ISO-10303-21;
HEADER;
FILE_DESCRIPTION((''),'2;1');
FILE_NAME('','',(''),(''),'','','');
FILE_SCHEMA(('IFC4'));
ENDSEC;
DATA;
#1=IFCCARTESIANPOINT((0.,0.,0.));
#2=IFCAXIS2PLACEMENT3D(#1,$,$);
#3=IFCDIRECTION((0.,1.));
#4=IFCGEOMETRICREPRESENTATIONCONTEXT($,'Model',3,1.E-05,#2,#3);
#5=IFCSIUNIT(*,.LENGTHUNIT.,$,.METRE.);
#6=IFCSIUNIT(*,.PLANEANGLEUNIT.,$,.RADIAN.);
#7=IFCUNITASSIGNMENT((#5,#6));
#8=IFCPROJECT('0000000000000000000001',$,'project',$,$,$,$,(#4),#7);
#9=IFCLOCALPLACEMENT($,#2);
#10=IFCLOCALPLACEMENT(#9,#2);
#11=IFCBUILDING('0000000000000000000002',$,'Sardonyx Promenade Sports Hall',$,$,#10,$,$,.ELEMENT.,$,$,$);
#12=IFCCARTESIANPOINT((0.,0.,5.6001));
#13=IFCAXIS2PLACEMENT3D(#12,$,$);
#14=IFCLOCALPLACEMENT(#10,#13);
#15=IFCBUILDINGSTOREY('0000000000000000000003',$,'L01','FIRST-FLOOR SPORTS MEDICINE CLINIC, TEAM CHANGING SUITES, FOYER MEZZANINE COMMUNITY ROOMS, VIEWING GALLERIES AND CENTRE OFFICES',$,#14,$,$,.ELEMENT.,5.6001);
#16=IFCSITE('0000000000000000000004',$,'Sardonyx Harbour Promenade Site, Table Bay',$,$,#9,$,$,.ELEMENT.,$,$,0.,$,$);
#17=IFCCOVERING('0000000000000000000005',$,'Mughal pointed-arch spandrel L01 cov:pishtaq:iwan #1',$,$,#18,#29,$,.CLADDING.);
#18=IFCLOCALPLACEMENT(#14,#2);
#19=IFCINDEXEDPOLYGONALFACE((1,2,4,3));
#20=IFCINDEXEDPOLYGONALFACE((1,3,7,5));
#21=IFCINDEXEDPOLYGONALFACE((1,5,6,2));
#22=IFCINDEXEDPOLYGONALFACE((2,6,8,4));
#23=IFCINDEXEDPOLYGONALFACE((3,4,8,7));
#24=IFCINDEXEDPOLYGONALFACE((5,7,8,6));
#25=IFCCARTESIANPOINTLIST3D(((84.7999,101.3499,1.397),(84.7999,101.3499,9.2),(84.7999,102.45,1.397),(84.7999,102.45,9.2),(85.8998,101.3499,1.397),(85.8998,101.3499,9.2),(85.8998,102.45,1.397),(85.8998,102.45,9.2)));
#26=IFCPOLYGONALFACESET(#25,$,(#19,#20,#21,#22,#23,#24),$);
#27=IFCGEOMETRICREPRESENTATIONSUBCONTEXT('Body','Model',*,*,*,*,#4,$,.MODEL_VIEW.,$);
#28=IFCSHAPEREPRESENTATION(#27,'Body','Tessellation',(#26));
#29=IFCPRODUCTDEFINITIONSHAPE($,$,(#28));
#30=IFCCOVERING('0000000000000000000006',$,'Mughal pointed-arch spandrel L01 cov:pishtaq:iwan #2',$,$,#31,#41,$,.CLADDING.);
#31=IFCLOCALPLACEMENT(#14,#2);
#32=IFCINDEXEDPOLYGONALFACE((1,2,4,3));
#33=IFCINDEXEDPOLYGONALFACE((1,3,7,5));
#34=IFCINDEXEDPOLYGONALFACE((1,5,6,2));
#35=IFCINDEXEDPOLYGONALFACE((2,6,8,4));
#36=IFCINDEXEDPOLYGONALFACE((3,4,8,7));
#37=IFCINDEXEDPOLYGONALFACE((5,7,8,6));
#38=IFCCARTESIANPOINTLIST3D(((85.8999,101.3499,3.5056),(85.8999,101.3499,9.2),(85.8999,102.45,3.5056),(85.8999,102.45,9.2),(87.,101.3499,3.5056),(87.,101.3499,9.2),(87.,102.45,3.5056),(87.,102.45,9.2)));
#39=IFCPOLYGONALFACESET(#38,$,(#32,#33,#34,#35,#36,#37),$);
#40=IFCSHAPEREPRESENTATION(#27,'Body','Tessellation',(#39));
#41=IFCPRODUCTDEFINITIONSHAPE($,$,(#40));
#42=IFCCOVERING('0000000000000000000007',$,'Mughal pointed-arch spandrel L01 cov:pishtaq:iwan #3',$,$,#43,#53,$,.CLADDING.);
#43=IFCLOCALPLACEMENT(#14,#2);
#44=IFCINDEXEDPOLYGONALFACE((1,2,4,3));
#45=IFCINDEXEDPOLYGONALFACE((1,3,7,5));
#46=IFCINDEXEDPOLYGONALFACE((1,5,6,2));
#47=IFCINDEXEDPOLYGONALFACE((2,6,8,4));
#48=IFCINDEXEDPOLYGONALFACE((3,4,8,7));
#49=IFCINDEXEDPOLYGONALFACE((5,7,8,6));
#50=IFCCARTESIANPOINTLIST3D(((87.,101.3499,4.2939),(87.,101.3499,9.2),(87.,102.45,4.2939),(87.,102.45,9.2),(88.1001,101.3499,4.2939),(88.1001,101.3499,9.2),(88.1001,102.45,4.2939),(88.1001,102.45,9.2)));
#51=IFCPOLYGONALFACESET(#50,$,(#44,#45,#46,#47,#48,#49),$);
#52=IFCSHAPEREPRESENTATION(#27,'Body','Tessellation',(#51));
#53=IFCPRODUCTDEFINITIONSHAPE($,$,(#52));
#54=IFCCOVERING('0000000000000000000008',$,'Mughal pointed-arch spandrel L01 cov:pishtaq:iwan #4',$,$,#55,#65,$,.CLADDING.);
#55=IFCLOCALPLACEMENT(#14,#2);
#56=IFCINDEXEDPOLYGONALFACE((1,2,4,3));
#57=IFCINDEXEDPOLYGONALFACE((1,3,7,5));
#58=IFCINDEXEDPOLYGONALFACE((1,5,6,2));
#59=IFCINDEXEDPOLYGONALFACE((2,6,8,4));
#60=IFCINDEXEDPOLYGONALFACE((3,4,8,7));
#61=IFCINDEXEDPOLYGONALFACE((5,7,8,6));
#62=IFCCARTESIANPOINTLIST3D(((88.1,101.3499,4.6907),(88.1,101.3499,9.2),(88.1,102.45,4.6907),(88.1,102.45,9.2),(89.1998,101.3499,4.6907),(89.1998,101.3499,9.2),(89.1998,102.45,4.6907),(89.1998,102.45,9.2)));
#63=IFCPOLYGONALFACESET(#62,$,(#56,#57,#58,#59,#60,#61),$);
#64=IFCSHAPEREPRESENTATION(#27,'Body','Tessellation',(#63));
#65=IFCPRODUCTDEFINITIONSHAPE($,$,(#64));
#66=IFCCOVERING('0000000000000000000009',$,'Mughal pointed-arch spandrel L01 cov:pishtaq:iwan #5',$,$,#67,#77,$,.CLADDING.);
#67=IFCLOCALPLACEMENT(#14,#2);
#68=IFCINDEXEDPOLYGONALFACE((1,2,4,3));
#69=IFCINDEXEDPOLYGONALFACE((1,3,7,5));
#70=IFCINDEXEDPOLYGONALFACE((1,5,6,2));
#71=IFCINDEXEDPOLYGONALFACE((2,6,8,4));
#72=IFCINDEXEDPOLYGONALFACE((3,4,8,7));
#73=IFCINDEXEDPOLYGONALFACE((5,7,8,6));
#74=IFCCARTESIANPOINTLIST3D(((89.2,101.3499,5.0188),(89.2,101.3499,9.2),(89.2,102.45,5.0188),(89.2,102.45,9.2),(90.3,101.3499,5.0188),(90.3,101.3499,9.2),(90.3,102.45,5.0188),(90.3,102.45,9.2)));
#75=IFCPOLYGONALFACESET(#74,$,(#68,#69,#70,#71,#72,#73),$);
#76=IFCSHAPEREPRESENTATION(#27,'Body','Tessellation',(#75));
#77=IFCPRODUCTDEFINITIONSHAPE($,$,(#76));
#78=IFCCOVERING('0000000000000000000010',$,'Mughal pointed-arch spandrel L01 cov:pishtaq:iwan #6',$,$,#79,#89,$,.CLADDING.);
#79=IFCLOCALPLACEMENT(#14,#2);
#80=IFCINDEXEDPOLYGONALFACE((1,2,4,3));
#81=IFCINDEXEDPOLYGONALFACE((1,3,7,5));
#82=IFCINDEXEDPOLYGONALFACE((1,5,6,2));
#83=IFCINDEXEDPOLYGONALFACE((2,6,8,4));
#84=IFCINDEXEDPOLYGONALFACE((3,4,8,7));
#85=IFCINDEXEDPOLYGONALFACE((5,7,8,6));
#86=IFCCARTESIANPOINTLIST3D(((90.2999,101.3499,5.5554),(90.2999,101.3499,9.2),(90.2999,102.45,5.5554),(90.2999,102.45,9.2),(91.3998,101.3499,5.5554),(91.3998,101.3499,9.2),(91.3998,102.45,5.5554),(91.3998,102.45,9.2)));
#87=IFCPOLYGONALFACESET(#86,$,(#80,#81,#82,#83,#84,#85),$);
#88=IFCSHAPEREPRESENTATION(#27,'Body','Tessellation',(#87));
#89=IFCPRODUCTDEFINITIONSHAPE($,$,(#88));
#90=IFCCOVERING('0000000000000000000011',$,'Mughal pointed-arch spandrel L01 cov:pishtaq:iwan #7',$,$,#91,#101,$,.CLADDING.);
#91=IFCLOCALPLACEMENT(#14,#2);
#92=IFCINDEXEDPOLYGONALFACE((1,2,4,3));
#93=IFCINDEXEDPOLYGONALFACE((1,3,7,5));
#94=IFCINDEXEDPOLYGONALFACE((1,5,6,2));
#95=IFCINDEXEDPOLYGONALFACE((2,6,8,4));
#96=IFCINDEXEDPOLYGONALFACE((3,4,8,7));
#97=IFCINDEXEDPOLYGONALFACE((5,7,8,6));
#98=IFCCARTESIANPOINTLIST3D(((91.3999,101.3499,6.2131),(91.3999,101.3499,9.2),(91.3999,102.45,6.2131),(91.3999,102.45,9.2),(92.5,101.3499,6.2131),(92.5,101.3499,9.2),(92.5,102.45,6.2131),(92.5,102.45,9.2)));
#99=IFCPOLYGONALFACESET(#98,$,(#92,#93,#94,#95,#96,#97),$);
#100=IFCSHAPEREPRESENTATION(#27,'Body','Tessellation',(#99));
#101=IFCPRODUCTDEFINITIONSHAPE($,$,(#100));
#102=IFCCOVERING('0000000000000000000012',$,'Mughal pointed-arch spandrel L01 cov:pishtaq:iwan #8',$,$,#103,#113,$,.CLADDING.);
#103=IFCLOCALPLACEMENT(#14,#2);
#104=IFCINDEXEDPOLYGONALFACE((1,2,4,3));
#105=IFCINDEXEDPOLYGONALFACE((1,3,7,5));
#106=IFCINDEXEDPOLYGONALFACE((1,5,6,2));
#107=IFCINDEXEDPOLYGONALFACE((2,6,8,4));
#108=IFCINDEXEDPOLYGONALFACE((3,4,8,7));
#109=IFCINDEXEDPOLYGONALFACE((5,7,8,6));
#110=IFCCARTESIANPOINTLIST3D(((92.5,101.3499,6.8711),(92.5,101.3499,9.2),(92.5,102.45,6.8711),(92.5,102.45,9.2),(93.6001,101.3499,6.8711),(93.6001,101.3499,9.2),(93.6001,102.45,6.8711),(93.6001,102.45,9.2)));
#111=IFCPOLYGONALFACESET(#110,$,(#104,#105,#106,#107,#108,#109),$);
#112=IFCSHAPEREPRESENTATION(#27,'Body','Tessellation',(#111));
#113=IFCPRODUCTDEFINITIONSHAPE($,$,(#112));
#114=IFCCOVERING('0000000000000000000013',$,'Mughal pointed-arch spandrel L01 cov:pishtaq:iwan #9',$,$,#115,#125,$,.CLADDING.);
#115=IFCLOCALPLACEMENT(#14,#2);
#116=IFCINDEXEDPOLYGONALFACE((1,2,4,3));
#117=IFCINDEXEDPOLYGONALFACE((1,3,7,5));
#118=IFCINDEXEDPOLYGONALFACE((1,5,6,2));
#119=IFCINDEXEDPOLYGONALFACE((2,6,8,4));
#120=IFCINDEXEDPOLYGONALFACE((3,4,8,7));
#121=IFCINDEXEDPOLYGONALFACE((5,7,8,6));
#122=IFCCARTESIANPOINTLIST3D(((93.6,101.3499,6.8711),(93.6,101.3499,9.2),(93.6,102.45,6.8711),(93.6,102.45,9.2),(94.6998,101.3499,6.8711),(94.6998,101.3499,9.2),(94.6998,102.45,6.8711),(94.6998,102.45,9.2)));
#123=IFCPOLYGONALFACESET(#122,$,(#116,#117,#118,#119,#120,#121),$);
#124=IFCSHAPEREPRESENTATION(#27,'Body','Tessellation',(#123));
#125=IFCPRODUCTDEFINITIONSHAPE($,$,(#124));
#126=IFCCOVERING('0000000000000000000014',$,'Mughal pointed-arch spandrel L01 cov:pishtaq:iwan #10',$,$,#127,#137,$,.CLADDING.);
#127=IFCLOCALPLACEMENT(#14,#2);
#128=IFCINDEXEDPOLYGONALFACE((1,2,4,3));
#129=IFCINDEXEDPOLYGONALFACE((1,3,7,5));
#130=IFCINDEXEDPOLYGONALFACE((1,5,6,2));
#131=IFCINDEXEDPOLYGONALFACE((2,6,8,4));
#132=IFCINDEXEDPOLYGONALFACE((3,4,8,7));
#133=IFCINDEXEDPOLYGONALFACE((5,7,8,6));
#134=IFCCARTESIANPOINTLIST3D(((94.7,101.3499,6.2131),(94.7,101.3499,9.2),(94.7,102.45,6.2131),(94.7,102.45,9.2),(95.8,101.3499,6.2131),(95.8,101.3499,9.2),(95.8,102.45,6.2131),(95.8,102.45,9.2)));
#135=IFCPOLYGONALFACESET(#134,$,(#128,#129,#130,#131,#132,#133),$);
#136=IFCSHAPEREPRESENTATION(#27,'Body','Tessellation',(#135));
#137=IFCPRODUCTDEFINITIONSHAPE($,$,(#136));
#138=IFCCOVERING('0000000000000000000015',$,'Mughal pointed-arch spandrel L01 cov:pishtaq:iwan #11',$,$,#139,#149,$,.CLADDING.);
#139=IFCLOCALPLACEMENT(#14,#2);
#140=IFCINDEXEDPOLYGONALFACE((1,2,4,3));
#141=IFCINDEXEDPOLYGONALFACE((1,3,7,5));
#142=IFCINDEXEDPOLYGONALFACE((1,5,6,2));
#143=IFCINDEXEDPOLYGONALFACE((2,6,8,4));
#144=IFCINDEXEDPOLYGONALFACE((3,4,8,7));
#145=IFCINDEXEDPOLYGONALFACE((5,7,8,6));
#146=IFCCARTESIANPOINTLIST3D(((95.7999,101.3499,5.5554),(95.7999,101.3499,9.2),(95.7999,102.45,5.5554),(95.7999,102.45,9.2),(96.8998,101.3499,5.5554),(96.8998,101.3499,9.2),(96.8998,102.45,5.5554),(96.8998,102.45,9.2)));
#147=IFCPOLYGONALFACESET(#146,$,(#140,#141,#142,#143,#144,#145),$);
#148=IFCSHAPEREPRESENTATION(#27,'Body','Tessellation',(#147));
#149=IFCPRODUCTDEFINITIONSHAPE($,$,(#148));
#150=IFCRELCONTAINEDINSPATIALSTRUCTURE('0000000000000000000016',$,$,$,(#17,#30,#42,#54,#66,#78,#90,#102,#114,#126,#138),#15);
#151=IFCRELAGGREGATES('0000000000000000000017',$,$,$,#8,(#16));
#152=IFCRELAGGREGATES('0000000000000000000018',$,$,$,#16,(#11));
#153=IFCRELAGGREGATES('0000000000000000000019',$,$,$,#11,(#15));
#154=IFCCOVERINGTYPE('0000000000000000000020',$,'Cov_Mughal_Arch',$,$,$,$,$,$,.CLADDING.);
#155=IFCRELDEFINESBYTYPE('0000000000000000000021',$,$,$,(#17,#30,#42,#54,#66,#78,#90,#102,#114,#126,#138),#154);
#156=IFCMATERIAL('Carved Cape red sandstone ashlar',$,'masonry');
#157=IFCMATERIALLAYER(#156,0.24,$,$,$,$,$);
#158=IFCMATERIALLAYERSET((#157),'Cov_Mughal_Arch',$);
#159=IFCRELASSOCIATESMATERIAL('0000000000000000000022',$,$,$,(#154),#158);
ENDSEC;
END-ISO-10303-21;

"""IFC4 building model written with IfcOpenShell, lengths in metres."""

from ifc_helpers import new_model, si_unit, direction, frame, frame_2d, origin, place, context, subcontext, project, spatial, rectangle, extrude, material, layer, layer_set, type_object, element, save


model = new_model("IFC4")

# Units and contexts
model_context = context("Model", 3, precision=1e-05, world=origin(), true_north=direction((0.0, 1.0)))
body_context = subcontext(model_context, "Body", "Model", "MODEL_VIEW")
ifc_project = project(units=[si_unit("LENGTHUNIT", "METRE"), si_unit("PLANEANGLEUNIT", "RADIAN")], contexts=[model_context])

# Site, building, storey
site_placement = place(None, origin())
site = spatial("IfcSite", under=ifc_project, at=site_placement, Name="Sardonyx Harbour Promenade Site, Table Bay", CompositionType="ELEMENT", RefElevation=0.0)
building_placement = place(site_placement, origin())
building = spatial("IfcBuilding", under=site, at=building_placement, Name="Sardonyx Promenade Sports Hall", CompositionType="ELEMENT")
storey_placement = place(building_placement, frame((0.0, 0.0, 5.6001)))
storey = spatial("IfcBuildingStorey", under=building, at=storey_placement, Name="L01", Description="FIRST-FLOOR SPORTS MEDICINE CLINIC, TEAM CHANGING SUITES, FOYER MEZZANINE COMMUNITY ROOMS, VIEWING GALLERIES AND CENTRE OFFICES", CompositionType="ELEMENT", Elevation=5.6001)

# Coverings
ifc_material_1 = material(Name="Carved Cape red sandstone ashlar", Category="masonry")
ifc_layer_1 = layer(ifc_material_1, 0.24)
ifc_layer_set_1 = layer_set([ifc_layer_1], Name="Cov_Mughal_Arch")
covering_type_1 = type_object("IfcCoveringType", Name="Cov_Mughal_Arch", PredefinedType="CLADDING", material=ifc_layer_set_1)
covering_1_placement = place(storey_placement, frame((84.8, 101.8999, 1.397), z_axis=(0.0, 0.0, 1.0), x_axis=(1.0, 0.0, 0.0)))
element("IfcCovering", 1, at=covering_1_placement, inside=storey, type_object=covering_type_1, Name="Mughal pointed-arch spandrel L01 cov:pishtaq:iwan #1", PredefinedType="CLADDING", context=body_context, shape_type="SweptSolid", body=[
    extrude(rectangle(XDim=1.0999, YDim=1.1001, at=frame_2d((0.5498, 0.0))), origin(), (0.0, 0.0, 1.0), 7.803),
])
covering_2_placement = place(storey_placement, frame((85.8999, 101.8999, 3.5056), z_axis=(0.0, 0.0, 1.0), x_axis=(1.0, 0.0, 0.0)))
element("IfcCovering", 2, at=covering_2_placement, inside=storey, type_object=covering_type_1, Name="Mughal pointed-arch spandrel L01 cov:pishtaq:iwan #2", PredefinedType="CLADDING", context=body_context, shape_type="SweptSolid", body=[
    extrude(rectangle(XDim=1.1001, YDim=1.1001, at=frame_2d((0.55, 0.0))), origin(), (0.0, 0.0, 1.0), 5.6943),
])
covering_3_placement = place(storey_placement, frame((87.0, 101.8999, 4.2939), z_axis=(0.0, 0.0, 1.0), x_axis=(1.0, 0.0, 0.0)))
element("IfcCovering", 3, at=covering_3_placement, inside=storey, type_object=covering_type_1, Name="Mughal pointed-arch spandrel L01 cov:pishtaq:iwan #3", PredefinedType="CLADDING", context=body_context, shape_type="SweptSolid", body=[
    extrude(rectangle(XDim=1.1001, YDim=1.1001, at=frame_2d((0.55, 0.0))), origin(), (0.0, 0.0, 1.0), 4.906),
])
covering_4_placement = place(storey_placement, frame((88.1001, 101.8999, 4.6907), z_axis=(0.0, 0.0, 1.0), x_axis=(1.0, 0.0, 0.0)))
element("IfcCovering", 4, at=covering_4_placement, inside=storey, type_object=covering_type_1, Name="Mughal pointed-arch spandrel L01 cov:pishtaq:iwan #4", PredefinedType="CLADDING", context=body_context, shape_type="SweptSolid", body=[
    extrude(rectangle(XDim=1.0999, YDim=1.1001, at=frame_2d((0.5498, 0.0))), origin(), (0.0, 0.0, 1.0), 4.5093),
])
covering_5_placement = place(storey_placement, frame((89.2, 101.8999, 5.0188), z_axis=(0.0, 0.0, 1.0), x_axis=(1.0, 0.0, 0.0)))
element("IfcCovering", 5, at=covering_5_placement, inside=storey, type_object=covering_type_1, Name="Mughal pointed-arch spandrel L01 cov:pishtaq:iwan #5", PredefinedType="CLADDING", context=body_context, shape_type="SweptSolid", body=[
    extrude(rectangle(XDim=1.1001, YDim=1.1001, at=frame_2d((0.55, 0.0))), origin(), (0.0, 0.0, 1.0), 4.1812),
])
covering_6_placement = place(storey_placement, frame((90.3, 101.8999, 5.5554), z_axis=(0.0, 0.0, 1.0), x_axis=(1.0, 0.0, 0.0)))
element("IfcCovering", 6, at=covering_6_placement, inside=storey, type_object=covering_type_1, Name="Mughal pointed-arch spandrel L01 cov:pishtaq:iwan #6", PredefinedType="CLADDING", context=body_context, shape_type="SweptSolid", body=[
    extrude(rectangle(XDim=1.0999, YDim=1.1001, at=frame_2d((0.5498, 0.0))), origin(), (0.0, 0.0, 1.0), 3.6445),
])
covering_7_placement = place(storey_placement, frame((91.3999, 101.8999, 6.2131), z_axis=(0.0, 0.0, 1.0), x_axis=(1.0, 0.0, 0.0)))
element("IfcCovering", 7, at=covering_7_placement, inside=storey, type_object=covering_type_1, Name="Mughal pointed-arch spandrel L01 cov:pishtaq:iwan #7", PredefinedType="CLADDING", context=body_context, shape_type="SweptSolid", body=[
    extrude(rectangle(XDim=1.1001, YDim=1.1001, at=frame_2d((0.55, 0.0))), origin(), (0.0, 0.0, 1.0), 2.9868),
])
covering_8_placement = place(storey_placement, frame((92.5, 101.8999, 6.8711), z_axis=(0.0, 0.0, 1.0), x_axis=(1.0, 0.0, 0.0)))
element("IfcCovering", 8, at=covering_8_placement, inside=storey, type_object=covering_type_1, Name="Mughal pointed-arch spandrel L01 cov:pishtaq:iwan #8", PredefinedType="CLADDING", context=body_context, shape_type="SweptSolid", body=[
    extrude(rectangle(XDim=1.1001, YDim=1.1001, at=frame_2d((0.55, 0.0))), origin(), (0.0, 0.0, 1.0), 2.3289),
])
covering_9_placement = place(storey_placement, frame((93.6001, 101.8999, 6.8711), z_axis=(0.0, 0.0, 1.0), x_axis=(1.0, 0.0, 0.0)))
element("IfcCovering", 9, at=covering_9_placement, inside=storey, type_object=covering_type_1, Name="Mughal pointed-arch spandrel L01 cov:pishtaq:iwan #9", PredefinedType="CLADDING", context=body_context, shape_type="SweptSolid", body=[
    extrude(rectangle(XDim=1.0999, YDim=1.1001, at=frame_2d((0.5498, 0.0))), origin(), (0.0, 0.0, 1.0), 2.3289),
])
covering_10_placement = place(storey_placement, frame((94.7, 101.8999, 6.2131), z_axis=(0.0, 0.0, 1.0), x_axis=(1.0, 0.0, 0.0)))
element("IfcCovering", 10, at=covering_10_placement, inside=storey, type_object=covering_type_1, Name="Mughal pointed-arch spandrel L01 cov:pishtaq:iwan #10", PredefinedType="CLADDING", context=body_context, shape_type="SweptSolid", body=[
    extrude(rectangle(XDim=1.1001, YDim=1.1001, at=frame_2d((0.55, 0.0))), origin(), (0.0, 0.0, 1.0), 2.9868),
])
covering_11_placement = place(storey_placement, frame((95.8, 101.8999, 5.5554), z_axis=(0.0, 0.0, 1.0), x_axis=(1.0, 0.0, 0.0)))
element("IfcCovering", 11, at=covering_11_placement, inside=storey, type_object=covering_type_1, Name="Mughal pointed-arch spandrel L01 cov:pishtaq:iwan #11", PredefinedType="CLADDING", context=body_context, shape_type="SweptSolid", body=[
    extrude(rectangle(XDim=1.0999, YDim=1.1001, at=frame_2d((0.5498, 0.0))), origin(), (0.0, 0.0, 1.0), 3.6445),
])

save(model, "model.ifc")
